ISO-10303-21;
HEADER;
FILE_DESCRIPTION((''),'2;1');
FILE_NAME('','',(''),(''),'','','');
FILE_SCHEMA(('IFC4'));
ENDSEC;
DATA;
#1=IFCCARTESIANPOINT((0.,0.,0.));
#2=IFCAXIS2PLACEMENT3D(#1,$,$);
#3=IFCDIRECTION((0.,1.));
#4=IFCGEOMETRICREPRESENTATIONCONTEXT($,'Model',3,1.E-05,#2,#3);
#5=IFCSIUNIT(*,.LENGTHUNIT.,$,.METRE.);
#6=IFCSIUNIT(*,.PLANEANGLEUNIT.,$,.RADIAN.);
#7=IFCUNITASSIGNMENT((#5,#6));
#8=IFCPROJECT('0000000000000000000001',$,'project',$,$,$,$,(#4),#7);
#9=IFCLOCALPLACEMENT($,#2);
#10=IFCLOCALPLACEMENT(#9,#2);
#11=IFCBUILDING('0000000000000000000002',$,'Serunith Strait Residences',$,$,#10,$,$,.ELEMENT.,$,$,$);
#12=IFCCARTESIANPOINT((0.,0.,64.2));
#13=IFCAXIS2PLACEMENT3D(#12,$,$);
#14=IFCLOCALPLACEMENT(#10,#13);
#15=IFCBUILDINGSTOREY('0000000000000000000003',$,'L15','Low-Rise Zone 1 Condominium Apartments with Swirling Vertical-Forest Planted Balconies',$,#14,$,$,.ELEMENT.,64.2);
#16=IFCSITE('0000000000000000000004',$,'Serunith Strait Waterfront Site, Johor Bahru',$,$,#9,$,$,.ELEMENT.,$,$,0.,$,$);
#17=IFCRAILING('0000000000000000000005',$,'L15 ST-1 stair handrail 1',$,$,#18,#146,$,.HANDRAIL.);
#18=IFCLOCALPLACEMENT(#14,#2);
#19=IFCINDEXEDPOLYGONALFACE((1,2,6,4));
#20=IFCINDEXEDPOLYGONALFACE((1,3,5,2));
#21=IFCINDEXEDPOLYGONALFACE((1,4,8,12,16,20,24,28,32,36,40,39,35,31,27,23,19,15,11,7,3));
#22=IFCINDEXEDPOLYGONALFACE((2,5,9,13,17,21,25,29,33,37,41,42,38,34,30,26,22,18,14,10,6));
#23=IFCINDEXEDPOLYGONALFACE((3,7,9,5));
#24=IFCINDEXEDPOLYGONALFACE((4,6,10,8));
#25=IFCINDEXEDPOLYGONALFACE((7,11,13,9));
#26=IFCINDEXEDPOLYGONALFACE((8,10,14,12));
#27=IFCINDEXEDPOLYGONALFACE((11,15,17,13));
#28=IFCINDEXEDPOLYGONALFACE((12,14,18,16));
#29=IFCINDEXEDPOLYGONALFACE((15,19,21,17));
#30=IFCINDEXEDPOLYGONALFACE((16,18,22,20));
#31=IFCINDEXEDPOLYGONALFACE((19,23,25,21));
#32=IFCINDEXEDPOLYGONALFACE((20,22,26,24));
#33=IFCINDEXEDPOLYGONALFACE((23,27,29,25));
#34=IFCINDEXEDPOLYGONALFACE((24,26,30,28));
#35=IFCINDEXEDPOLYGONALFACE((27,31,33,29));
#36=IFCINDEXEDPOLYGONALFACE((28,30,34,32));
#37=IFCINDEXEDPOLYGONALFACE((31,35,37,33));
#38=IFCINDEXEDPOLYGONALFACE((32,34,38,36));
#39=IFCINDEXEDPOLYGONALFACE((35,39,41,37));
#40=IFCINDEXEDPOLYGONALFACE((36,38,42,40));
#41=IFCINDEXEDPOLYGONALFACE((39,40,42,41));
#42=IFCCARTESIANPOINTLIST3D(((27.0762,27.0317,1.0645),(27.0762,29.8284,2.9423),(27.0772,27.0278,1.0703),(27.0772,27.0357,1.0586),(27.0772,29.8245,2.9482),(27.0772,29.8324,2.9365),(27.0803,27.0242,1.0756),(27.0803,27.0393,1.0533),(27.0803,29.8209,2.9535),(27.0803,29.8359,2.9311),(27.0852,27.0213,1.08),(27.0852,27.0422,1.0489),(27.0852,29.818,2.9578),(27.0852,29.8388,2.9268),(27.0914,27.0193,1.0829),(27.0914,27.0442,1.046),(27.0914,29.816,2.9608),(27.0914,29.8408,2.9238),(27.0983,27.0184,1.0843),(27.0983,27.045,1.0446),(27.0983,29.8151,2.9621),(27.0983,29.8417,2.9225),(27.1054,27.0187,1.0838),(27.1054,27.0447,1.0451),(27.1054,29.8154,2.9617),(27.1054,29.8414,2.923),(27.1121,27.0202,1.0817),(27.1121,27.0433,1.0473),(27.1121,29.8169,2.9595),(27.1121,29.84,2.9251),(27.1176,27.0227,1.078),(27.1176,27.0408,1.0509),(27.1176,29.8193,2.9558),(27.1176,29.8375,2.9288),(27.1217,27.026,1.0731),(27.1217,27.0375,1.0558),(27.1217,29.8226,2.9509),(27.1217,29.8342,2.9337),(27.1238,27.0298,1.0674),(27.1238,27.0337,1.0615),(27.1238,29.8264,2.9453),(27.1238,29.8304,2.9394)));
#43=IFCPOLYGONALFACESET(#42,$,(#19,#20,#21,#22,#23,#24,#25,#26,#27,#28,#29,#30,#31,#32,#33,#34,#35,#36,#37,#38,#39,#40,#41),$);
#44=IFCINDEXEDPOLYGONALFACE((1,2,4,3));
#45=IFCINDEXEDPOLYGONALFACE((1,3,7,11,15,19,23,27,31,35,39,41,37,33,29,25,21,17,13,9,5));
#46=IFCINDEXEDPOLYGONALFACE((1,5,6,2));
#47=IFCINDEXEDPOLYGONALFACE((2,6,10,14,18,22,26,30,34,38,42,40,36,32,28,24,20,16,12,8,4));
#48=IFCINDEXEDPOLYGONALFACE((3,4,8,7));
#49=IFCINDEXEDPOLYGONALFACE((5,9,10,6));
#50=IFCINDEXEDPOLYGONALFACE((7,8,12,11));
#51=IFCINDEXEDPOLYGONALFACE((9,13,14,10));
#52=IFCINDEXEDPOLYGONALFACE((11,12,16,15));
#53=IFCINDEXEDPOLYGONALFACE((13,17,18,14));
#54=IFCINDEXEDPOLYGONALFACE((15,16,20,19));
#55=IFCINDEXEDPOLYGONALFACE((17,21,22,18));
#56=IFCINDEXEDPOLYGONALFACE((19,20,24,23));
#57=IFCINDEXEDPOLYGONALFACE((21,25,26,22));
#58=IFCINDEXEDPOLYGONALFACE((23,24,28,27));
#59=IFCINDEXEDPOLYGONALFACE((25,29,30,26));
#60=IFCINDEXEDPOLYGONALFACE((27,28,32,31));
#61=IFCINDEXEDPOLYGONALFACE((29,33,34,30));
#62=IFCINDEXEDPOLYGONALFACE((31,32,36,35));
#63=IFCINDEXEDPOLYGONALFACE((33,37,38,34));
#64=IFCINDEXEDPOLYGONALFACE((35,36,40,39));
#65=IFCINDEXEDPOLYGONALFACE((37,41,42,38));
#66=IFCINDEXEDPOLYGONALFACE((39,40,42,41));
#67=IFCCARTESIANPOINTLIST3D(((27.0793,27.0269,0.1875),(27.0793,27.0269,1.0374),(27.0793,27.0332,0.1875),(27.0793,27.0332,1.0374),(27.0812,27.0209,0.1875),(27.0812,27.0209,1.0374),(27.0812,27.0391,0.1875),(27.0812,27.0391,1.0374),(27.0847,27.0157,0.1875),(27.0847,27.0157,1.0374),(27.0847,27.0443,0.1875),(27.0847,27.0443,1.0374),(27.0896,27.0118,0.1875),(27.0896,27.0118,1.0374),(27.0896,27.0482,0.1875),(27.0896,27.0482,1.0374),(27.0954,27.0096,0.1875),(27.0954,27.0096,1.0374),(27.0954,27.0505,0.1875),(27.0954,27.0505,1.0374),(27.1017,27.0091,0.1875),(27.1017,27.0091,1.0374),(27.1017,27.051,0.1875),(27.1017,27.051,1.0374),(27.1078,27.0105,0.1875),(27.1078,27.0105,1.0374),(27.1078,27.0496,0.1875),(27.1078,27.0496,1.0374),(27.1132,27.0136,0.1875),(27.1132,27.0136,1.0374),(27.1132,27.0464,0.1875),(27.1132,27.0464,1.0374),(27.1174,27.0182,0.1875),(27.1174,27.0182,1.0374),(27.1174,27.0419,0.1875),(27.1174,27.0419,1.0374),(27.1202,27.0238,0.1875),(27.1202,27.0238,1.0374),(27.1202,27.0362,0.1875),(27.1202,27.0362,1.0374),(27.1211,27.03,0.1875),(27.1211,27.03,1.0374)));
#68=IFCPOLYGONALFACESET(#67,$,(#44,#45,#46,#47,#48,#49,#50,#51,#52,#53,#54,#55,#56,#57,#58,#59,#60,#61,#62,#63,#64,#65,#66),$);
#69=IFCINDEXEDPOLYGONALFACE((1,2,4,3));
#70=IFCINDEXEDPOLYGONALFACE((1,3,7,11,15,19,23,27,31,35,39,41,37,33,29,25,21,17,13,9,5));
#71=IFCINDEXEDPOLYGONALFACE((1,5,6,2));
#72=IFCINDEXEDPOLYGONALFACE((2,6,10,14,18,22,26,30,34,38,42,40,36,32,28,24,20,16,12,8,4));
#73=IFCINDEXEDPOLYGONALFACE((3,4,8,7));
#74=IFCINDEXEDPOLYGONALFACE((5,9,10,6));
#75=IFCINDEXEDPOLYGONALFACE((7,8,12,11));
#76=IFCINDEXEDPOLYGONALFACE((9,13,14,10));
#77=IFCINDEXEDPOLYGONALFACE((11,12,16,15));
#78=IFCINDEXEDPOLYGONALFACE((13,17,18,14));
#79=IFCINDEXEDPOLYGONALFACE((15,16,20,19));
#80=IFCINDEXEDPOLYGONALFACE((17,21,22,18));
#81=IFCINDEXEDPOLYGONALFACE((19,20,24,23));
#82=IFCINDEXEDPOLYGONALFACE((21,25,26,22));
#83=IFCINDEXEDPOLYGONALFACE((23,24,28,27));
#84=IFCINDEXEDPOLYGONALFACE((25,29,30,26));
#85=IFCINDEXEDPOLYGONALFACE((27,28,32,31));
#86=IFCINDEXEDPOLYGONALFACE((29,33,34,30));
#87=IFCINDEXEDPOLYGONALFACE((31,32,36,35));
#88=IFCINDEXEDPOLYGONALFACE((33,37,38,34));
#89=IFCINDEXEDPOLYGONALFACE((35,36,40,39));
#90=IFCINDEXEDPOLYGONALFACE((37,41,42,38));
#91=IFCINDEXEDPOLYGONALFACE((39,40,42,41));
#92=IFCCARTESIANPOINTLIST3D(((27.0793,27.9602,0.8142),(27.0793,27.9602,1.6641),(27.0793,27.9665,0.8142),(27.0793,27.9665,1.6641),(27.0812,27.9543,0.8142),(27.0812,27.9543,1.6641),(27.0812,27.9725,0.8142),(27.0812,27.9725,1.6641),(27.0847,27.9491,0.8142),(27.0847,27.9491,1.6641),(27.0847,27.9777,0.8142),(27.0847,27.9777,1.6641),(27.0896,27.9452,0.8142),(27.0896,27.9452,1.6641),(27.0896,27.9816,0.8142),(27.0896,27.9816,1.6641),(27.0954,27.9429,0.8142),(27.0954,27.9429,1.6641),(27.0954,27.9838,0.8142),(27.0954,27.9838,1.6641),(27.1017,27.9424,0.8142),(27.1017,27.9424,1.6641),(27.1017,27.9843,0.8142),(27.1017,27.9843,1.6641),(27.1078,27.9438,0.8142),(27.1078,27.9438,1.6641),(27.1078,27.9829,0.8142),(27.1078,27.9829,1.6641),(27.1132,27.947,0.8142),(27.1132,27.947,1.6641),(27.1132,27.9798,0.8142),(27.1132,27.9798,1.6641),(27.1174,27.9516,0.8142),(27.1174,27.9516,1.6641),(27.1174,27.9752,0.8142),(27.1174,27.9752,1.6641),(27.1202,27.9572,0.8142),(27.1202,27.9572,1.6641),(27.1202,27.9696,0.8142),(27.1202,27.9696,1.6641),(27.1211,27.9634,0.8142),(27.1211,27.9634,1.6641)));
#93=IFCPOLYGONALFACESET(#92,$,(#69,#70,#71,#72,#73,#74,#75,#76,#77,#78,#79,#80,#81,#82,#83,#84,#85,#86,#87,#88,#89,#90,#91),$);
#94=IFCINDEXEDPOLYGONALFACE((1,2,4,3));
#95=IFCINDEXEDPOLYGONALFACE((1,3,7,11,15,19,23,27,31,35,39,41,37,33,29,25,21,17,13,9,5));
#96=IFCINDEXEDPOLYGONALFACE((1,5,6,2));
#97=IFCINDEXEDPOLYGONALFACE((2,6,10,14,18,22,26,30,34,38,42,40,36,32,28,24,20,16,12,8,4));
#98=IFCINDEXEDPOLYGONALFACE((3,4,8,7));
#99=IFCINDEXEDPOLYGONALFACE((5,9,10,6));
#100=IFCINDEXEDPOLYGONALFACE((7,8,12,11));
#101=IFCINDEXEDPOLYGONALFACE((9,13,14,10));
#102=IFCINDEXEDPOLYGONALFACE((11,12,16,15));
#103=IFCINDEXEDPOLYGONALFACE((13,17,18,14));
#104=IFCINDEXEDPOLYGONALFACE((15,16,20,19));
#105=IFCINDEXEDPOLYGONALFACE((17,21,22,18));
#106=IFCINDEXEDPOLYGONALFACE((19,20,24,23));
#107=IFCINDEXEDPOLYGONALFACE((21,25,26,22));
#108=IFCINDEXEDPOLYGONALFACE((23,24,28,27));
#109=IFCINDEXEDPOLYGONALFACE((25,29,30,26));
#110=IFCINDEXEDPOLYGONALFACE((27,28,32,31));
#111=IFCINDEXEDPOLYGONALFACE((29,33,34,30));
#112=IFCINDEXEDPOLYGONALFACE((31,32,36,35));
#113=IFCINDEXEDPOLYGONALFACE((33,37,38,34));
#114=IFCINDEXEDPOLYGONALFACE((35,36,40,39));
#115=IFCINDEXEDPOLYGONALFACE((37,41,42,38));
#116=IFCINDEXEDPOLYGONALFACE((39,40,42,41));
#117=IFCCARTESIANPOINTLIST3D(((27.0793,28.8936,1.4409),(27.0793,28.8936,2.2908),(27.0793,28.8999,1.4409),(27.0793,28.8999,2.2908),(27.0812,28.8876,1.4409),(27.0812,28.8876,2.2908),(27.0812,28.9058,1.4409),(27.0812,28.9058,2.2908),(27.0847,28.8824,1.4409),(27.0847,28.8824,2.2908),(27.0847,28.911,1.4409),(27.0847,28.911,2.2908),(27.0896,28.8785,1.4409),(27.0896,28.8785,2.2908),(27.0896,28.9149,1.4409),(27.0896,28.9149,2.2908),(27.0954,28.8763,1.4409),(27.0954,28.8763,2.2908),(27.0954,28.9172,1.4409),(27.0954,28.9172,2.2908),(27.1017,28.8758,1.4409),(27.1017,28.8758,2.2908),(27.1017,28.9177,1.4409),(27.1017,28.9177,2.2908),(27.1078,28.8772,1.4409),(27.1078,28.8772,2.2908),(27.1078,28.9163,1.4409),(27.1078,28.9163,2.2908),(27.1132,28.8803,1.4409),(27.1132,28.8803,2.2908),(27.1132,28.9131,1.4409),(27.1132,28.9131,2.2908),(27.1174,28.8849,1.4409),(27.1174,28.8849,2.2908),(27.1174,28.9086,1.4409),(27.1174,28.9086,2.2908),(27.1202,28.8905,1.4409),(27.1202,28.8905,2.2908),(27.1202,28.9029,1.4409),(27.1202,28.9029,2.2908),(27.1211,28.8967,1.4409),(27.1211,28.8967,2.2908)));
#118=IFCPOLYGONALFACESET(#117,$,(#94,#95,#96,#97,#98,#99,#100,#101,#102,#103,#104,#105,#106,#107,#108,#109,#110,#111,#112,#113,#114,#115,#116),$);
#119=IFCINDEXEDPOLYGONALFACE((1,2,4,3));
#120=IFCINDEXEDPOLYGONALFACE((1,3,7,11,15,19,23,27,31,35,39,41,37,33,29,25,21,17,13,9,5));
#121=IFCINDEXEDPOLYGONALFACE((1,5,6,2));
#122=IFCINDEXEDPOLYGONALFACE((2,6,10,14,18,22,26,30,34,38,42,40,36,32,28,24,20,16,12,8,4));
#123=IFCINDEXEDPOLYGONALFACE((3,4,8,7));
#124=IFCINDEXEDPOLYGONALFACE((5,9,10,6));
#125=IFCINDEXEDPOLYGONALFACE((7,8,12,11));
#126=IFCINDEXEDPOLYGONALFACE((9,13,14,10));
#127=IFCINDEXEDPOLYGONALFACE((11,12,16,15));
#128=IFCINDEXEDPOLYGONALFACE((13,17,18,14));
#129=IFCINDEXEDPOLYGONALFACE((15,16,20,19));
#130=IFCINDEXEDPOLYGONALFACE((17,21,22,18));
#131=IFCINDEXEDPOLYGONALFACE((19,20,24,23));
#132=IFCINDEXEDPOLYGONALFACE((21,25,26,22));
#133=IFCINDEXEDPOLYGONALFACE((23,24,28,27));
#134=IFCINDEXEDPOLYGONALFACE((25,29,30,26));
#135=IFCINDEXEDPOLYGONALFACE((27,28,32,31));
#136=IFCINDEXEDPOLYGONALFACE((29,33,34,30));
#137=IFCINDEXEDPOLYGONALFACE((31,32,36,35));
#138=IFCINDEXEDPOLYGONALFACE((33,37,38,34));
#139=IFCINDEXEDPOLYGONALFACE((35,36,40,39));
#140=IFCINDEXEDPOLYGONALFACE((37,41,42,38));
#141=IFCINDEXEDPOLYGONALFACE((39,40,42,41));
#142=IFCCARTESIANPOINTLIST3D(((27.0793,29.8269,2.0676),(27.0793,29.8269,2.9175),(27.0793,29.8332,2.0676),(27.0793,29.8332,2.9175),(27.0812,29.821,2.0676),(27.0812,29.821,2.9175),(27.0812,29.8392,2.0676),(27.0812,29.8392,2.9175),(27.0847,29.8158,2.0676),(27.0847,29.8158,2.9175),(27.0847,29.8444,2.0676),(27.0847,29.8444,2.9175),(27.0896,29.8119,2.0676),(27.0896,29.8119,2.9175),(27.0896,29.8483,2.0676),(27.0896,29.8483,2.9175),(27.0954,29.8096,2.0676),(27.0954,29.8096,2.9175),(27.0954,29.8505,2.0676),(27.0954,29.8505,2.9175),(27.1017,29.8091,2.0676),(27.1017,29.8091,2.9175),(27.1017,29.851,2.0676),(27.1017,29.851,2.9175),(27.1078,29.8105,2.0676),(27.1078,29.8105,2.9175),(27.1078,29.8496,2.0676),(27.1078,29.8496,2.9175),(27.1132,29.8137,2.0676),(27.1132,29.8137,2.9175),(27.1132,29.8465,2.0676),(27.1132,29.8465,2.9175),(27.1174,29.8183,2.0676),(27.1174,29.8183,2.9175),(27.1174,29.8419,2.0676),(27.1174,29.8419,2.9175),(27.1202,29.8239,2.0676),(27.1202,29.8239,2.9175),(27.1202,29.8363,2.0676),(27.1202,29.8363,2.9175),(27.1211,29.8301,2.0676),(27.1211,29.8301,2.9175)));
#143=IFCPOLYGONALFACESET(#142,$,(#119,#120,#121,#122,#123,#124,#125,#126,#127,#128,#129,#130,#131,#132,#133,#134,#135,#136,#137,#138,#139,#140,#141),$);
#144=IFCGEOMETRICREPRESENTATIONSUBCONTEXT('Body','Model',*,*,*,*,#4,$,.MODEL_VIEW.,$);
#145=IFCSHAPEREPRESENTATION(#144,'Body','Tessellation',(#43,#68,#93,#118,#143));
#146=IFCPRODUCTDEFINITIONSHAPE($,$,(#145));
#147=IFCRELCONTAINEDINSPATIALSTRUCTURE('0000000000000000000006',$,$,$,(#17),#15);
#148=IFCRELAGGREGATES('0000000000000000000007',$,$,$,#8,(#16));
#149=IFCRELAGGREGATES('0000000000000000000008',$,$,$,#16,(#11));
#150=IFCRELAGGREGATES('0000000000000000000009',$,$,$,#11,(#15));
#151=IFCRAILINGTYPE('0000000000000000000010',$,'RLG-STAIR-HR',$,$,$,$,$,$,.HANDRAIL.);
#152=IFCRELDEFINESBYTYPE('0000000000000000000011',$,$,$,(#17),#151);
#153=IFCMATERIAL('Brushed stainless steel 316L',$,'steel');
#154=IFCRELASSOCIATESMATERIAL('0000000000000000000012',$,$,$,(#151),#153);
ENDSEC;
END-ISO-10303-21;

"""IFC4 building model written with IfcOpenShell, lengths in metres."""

from ifc_helpers import new_model, si_unit, direction, frame, origin, origin_2d, place, context, subcontext, project, spatial, circle, extrude, material, type_object, element, save


model = new_model("IFC4")

# Units and contexts
model_context = context("Model", 3, precision=1e-05, world=origin(), true_north=direction((0.0, 1.0)))
body_context = subcontext(model_context, "Body", "Model", "MODEL_VIEW")
ifc_project = project(units=[si_unit("LENGTHUNIT", "METRE"), si_unit("PLANEANGLEUNIT", "RADIAN")], contexts=[model_context])

# Site, building, storey
site_placement = place(None, origin())
site = spatial("IfcSite", under=ifc_project, at=site_placement, Name="Serunith Strait Waterfront Site, Johor Bahru", CompositionType="ELEMENT", RefElevation=0.0)
building_placement = place(site_placement, origin())
building = spatial("IfcBuilding", under=site, at=building_placement, Name="Serunith Strait Residences", CompositionType="ELEMENT")
storey_placement = place(building_placement, frame((0.0, 0.0, 64.2)))
storey = spatial("IfcBuildingStorey", under=building, at=storey_placement, Name="L15", Description="Low-Rise Zone 1 Condominium Apartments with Swirling Vertical-Forest Planted Balconies", CompositionType="ELEMENT", Elevation=64.2)

# Railing
ifc_material_1 = material(Name="Brushed stainless steel 316L", Category="steel")
railing_type_1 = type_object("IfcRailingType", Name="RLG-STAIR-HR", PredefinedType="HANDRAIL", material=ifc_material_1)
railing_1_placement = place(storey_placement, frame((27.1001, 27.03, 0.1875)))
element("IfcRailing", 1, at=railing_1_placement, inside=storey, type_object=railing_type_1, Name="L15 ST-1 stair handrail 1", PredefinedType="HANDRAIL", context=body_context, shape_type="SweptSolid", body=[
    extrude(circle(Radius=0.0239, at=origin_2d()), frame((0.0, 0.0017, 0.877), z_axis=(0.0, 0.830208, 0.557453), x_axis=(-1.0, 0.0, 0.0)), (0.0, 0.0, 1.0), 3.3687),
    extrude(circle(Radius=0.021, at=origin_2d()), origin(), (0.0, 0.0, 1.0), 0.8499),
    extrude(circle(Radius=0.021, at=origin_2d()), frame((0.0, 0.9333, 0.6267)), (0.0, 0.0, 1.0), 0.8499),
    extrude(circle(Radius=0.021, at=origin_2d()), frame((0.0, 1.8667, 1.2534)), (0.0, 0.0, 1.0), 0.8499),
    extrude(circle(Radius=0.021, at=origin_2d()), frame((0.0, 2.8, 1.8801)), (0.0, 0.0, 1.0), 0.8499),
])

save(model, "model.ifc")
